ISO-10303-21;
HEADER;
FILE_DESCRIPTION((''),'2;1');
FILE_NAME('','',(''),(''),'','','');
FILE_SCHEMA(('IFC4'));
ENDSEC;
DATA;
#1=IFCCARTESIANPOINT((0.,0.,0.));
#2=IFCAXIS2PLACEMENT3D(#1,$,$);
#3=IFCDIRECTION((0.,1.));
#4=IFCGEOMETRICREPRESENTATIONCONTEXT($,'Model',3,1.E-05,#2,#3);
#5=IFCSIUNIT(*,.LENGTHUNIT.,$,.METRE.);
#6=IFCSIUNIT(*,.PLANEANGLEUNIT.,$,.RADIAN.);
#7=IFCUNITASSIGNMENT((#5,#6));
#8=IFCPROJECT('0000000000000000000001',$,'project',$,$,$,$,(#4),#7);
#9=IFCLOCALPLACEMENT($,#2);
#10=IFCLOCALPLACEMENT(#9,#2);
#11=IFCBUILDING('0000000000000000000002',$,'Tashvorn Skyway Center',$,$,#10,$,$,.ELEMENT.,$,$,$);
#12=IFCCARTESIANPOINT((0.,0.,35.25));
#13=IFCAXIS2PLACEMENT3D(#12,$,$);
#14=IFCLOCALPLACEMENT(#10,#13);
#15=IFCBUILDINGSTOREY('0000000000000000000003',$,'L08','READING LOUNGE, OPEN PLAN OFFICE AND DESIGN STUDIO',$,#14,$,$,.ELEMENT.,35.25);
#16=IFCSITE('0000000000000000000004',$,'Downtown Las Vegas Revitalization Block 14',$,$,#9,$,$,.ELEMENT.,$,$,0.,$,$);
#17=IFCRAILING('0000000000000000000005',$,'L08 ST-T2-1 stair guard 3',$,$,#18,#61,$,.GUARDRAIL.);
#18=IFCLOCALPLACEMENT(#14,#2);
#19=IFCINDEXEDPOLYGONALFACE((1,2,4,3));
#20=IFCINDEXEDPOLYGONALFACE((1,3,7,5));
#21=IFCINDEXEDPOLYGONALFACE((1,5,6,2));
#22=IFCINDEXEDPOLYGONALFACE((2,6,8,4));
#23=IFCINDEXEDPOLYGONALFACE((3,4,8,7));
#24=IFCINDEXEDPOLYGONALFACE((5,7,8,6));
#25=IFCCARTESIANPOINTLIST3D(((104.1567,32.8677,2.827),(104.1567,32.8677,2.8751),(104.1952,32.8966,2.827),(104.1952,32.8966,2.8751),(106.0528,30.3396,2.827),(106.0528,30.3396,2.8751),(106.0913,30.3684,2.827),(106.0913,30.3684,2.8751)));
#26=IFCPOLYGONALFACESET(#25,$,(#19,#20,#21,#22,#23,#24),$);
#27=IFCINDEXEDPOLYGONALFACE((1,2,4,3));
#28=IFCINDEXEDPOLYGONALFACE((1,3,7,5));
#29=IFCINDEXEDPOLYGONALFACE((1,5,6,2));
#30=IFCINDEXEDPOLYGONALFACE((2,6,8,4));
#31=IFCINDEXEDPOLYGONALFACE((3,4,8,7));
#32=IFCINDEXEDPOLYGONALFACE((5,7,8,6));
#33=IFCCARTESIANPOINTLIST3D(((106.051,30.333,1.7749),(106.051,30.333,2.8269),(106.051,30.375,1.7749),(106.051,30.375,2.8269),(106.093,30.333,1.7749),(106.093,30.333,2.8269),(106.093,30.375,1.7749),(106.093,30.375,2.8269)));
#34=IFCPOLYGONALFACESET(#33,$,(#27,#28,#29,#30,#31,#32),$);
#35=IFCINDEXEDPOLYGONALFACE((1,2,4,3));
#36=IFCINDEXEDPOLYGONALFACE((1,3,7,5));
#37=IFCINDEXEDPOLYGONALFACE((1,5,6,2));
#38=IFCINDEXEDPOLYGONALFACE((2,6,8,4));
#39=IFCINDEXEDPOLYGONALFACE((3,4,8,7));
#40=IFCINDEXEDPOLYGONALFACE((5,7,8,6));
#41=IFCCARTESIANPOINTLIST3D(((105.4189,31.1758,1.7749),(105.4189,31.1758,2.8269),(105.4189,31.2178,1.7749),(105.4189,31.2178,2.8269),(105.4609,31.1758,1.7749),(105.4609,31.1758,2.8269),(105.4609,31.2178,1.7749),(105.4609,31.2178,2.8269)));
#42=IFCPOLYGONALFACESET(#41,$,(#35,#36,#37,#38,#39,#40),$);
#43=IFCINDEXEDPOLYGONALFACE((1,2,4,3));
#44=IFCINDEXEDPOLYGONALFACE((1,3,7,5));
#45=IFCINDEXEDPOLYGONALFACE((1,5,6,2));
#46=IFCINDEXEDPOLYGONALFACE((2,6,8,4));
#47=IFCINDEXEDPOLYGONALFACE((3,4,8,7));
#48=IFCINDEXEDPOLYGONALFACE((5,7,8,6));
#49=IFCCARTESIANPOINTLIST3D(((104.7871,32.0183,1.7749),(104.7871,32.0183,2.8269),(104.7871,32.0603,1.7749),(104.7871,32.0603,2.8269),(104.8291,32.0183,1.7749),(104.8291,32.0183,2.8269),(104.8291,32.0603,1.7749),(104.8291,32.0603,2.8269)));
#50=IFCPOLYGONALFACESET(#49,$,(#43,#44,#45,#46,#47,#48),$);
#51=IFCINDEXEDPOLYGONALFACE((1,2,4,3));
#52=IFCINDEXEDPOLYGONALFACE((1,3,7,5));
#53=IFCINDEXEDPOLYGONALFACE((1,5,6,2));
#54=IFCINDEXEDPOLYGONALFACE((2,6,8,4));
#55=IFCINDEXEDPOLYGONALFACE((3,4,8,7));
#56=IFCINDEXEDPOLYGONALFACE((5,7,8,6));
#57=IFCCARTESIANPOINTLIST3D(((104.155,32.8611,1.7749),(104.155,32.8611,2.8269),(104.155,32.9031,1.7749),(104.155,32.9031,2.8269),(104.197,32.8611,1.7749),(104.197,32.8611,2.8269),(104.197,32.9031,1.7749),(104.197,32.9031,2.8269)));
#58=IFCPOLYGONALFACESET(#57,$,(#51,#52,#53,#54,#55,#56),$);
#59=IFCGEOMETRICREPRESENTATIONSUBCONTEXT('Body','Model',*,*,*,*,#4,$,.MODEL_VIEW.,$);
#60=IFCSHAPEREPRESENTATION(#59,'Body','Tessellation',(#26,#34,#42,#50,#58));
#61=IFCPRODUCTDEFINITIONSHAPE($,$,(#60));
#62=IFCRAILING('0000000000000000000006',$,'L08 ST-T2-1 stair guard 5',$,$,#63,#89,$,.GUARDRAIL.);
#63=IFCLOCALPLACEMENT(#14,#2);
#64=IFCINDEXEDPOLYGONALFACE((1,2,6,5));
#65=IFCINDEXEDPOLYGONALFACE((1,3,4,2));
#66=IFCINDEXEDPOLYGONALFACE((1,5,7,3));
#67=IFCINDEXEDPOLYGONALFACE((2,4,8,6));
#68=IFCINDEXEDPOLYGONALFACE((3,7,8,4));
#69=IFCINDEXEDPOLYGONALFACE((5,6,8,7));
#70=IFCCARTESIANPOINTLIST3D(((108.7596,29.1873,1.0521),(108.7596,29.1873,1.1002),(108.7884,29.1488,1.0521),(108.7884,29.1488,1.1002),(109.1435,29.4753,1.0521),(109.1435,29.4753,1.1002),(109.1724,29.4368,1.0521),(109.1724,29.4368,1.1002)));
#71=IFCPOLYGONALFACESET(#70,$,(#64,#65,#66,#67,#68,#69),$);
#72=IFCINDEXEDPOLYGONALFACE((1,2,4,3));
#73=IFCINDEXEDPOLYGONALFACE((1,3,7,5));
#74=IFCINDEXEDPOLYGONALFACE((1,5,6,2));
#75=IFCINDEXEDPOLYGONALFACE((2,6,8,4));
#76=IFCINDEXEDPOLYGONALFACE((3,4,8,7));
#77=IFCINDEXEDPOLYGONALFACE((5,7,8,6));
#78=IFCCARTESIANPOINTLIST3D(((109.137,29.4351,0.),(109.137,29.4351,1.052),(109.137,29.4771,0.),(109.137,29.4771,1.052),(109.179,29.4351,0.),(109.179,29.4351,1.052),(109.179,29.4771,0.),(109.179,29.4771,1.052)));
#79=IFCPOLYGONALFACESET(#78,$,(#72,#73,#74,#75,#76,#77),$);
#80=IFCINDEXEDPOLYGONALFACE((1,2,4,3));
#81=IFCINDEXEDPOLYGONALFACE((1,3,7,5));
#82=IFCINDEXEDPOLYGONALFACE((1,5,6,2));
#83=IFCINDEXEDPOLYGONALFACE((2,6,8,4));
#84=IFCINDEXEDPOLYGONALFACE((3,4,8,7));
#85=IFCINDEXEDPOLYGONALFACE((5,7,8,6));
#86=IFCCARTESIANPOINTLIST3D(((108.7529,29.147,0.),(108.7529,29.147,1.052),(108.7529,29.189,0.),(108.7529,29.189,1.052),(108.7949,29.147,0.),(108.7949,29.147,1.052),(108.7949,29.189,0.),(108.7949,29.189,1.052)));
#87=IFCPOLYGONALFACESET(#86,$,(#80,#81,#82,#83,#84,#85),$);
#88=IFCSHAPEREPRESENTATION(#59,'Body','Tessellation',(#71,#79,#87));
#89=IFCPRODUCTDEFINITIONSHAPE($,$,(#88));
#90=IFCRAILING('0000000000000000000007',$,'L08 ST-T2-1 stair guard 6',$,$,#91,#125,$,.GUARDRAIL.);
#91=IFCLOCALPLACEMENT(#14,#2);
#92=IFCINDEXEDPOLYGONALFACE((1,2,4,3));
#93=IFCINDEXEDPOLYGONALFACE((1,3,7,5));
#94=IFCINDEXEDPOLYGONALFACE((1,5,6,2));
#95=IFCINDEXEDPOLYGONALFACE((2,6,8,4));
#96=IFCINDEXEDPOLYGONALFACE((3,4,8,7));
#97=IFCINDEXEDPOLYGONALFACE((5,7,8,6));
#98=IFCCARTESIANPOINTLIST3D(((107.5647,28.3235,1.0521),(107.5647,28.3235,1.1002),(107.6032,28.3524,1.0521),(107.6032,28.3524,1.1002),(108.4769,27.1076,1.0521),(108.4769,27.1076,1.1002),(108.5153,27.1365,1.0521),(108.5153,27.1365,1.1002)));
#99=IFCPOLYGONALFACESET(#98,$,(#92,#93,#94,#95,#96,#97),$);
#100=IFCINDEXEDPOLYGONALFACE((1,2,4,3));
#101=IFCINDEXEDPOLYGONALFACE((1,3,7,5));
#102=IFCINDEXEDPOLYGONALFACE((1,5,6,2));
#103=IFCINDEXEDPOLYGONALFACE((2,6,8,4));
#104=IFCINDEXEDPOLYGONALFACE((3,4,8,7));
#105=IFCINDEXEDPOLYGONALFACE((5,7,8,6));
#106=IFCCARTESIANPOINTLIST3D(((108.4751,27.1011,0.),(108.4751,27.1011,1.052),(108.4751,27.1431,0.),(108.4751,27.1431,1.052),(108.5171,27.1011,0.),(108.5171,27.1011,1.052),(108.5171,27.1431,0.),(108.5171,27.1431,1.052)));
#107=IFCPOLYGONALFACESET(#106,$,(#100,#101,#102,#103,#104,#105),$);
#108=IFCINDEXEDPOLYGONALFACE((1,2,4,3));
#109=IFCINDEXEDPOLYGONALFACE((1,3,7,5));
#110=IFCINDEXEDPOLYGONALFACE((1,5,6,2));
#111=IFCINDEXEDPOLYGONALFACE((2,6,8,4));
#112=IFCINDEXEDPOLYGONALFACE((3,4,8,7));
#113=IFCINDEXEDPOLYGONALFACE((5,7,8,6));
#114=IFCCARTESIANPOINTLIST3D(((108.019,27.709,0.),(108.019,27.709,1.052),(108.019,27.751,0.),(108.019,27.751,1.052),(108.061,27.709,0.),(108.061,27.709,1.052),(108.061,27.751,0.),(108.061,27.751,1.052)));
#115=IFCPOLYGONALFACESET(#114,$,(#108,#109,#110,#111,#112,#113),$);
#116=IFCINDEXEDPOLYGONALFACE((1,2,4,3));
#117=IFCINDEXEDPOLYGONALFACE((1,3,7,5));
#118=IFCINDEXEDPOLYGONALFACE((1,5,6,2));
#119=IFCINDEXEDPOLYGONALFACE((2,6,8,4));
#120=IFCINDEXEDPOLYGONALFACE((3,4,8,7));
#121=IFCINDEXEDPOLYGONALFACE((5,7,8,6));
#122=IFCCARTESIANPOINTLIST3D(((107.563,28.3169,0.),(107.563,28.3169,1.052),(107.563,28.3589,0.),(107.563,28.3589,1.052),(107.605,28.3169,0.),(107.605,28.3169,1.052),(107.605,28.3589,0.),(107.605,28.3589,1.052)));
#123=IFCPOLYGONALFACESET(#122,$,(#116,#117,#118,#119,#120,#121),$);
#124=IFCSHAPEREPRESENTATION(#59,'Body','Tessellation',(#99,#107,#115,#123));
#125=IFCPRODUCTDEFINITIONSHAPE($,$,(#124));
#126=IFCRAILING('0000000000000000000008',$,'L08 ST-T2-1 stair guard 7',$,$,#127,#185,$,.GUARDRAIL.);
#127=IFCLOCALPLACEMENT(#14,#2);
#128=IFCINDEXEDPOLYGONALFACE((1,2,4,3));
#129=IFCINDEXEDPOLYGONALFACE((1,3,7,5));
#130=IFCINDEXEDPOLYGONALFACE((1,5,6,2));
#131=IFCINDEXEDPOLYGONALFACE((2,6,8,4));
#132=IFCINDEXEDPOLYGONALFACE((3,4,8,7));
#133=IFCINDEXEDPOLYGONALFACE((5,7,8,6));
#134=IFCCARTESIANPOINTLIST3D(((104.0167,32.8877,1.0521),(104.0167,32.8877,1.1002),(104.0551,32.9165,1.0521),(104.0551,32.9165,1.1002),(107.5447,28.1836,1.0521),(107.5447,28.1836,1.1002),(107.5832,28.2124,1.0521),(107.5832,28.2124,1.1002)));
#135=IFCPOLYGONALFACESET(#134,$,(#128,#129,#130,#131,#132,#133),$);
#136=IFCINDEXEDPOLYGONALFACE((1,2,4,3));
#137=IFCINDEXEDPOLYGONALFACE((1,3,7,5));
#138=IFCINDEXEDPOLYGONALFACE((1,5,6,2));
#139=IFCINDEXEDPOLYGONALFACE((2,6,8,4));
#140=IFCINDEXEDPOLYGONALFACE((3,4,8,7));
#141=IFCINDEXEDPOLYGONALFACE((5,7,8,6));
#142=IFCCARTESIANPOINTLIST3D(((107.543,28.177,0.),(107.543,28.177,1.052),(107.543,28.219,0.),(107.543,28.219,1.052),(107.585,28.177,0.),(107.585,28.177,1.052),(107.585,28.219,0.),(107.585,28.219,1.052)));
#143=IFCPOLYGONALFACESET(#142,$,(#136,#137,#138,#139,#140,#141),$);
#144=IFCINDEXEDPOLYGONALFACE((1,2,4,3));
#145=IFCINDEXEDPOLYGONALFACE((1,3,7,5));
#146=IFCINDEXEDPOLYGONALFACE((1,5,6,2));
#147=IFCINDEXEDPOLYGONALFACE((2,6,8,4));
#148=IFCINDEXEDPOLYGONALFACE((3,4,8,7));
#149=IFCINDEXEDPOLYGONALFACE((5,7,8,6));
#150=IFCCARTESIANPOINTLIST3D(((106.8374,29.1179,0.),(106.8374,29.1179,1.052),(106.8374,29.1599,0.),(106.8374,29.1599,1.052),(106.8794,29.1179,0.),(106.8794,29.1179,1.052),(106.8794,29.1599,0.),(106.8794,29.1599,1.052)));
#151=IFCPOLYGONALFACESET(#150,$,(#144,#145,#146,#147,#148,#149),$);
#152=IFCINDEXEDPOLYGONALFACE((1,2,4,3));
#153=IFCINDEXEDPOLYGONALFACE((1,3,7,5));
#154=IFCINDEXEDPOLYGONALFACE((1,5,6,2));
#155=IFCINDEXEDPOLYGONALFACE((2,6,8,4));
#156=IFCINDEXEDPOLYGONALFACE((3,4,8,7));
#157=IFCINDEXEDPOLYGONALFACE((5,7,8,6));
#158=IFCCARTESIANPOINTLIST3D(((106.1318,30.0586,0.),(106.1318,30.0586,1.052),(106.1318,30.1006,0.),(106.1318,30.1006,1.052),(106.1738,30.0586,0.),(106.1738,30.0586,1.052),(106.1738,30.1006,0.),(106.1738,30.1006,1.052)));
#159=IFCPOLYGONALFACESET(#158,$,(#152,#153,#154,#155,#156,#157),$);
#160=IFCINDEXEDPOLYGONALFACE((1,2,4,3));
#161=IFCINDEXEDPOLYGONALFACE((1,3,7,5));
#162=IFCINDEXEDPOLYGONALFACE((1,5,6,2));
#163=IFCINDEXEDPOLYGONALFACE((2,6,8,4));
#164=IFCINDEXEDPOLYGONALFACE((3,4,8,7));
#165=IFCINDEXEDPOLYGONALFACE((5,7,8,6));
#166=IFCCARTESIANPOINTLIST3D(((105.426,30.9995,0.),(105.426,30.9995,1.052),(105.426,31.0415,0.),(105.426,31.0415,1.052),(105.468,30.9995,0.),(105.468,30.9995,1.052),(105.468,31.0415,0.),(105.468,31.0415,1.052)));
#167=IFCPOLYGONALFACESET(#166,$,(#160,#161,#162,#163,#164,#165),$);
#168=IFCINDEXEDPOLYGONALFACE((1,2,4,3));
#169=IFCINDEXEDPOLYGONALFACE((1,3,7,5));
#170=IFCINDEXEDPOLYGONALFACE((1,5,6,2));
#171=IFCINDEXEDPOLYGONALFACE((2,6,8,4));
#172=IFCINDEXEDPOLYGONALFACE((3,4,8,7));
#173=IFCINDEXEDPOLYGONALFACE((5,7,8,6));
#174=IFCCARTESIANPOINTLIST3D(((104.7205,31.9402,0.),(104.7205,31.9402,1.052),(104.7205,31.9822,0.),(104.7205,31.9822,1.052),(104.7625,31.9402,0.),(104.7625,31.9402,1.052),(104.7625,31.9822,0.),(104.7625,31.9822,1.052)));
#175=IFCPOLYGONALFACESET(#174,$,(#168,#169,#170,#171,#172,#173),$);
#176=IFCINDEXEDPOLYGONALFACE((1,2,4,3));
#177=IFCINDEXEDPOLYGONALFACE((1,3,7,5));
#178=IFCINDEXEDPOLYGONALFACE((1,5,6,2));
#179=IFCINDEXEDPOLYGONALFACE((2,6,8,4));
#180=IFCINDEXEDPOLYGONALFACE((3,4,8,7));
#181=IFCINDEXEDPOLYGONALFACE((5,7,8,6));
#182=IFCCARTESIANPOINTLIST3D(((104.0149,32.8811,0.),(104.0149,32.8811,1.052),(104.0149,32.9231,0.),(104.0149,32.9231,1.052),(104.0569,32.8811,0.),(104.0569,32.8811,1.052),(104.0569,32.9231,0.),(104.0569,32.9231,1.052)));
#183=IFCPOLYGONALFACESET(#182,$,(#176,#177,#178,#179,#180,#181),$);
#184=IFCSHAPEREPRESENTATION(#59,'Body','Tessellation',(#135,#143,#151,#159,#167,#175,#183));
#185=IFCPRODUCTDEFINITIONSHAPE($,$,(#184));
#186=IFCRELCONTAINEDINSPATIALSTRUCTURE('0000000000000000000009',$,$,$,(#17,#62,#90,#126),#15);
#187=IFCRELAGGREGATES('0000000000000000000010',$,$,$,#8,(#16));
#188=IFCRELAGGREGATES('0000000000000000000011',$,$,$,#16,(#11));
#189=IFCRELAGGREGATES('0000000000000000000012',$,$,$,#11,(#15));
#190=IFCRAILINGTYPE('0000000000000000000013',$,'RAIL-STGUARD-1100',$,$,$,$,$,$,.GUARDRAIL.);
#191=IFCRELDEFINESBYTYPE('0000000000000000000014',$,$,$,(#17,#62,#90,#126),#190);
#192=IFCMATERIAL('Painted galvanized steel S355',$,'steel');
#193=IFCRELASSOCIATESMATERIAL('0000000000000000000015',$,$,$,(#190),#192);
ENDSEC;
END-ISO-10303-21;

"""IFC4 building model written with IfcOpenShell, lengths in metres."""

from ifc_helpers import new_model, si_unit, direction, frame, origin, origin_2d, place, context, subcontext, project, spatial, rectangle, extrude, material, type_object, element, save


model = new_model("IFC4")

# Units and contexts
model_context = context("Model", 3, precision=1e-05, world=origin(), true_north=direction((0.0, 1.0)))
body_context = subcontext(model_context, "Body", "Model", "MODEL_VIEW")
ifc_project = project(units=[si_unit("LENGTHUNIT", "METRE"), si_unit("PLANEANGLEUNIT", "RADIAN")], contexts=[model_context])

# Site, building, storey
site_placement = place(None, origin())
site = spatial("IfcSite", under=ifc_project, at=site_placement, Name="Downtown Las Vegas Revitalization Block 14", CompositionType="ELEMENT", RefElevation=0.0)
building_placement = place(site_placement, origin())
building = spatial("IfcBuilding", under=site, at=building_placement, Name="Tashvorn Skyway Center", CompositionType="ELEMENT")
storey_placement = place(building_placement, frame((0.0, 0.0, 35.25)))
storey = spatial("IfcBuildingStorey", under=building, at=storey_placement, Name="L08", Description="READING LOUNGE, OPEN PLAN OFFICE AND DESIGN STUDIO", CompositionType="ELEMENT", Elevation=35.25)

# Railings
ifc_material_1 = material(Name="Painted galvanized steel S355", Category="steel")
railing_type_1 = type_object("IfcRailingType", Name="RAIL-STGUARD-1100", PredefinedType="GUARDRAIL", material=ifc_material_1)
railing_1_placement = place(storey_placement, frame((106.072, 30.354, 1.7749)))
element("IfcRailing", 1, at=railing_1_placement, inside=storey, type_object=railing_type_1, Name="L08 ST-T2-1 stair guard 3", PredefinedType="GUARDRAIL", context=body_context, shape_type="SweptSolid", body=[
    extrude(rectangle(XDim=0.0481, YDim=0.0481, at=origin_2d()), frame((0.0, 0.0, 1.0762), z_axis=(-0.599988, 0.800009, 0.0), x_axis=(-0.800009, -0.599988, 0.0)), (0.0, 0.0, 1.0), 3.1602),
    extrude(rectangle(XDim=0.042, YDim=0.042, at=origin_2d()), origin(), (0.0, 0.0, 1.0), 1.052),
    extrude(rectangle(XDim=0.042, YDim=0.042, at=origin_2d()), frame((-0.6321, 0.8428, 0.0)), (0.0, 0.0, 1.0), 1.052),
    extrude(rectangle(XDim=0.042, YDim=0.042, at=origin_2d()), frame((-1.2639, 1.6853, 0.0)), (0.0, 0.0, 1.0), 1.052),
    extrude(rectangle(XDim=0.042, YDim=0.042, at=origin_2d()), frame((-1.896, 2.5281, 0.0)), (0.0, 0.0, 1.0), 1.052),
])
railing_2_placement = place(storey_placement, frame((109.158, 29.4561, 0.0)))
element("IfcRailing", 2, at=railing_2_placement, inside=storey, type_object=railing_type_1, Name="L08 ST-T2-1 stair guard 5", PredefinedType="GUARDRAIL", context=body_context, shape_type="SweptSolid", body=[
    extrude(rectangle(XDim=0.0481, YDim=0.0481, at=origin_2d()), frame((0.0, 0.0, 1.0762), z_axis=(-0.799939, -0.600081, 0.0), x_axis=(0.600081, -0.799939, 0.0)), (0.0, 0.0, 1.0), 0.48),
    extrude(rectangle(XDim=0.042, YDim=0.042, at=origin_2d()), origin(), (0.0, 0.0, 1.0), 1.052),
    extrude(rectangle(XDim=0.042, YDim=0.042, at=origin_2d()), frame((-0.384, -0.2881, 0.0)), (0.0, 0.0, 1.0), 1.052),
])
railing_3_placement = place(storey_placement, frame((108.4961, 27.1221, 0.0)))
element("IfcRailing", 3, at=railing_3_placement, inside=storey, type_object=railing_type_1, Name="L08 ST-T2-1 stair guard 6", PredefinedType="GUARDRAIL", context=body_context, shape_type="SweptSolid", body=[
    extrude(rectangle(XDim=0.0481, YDim=0.0481, at=origin_2d()), frame((0.0, 0.0, 1.0762), z_axis=(-0.600103, 0.799923, 0.0), x_axis=(-0.799923, -0.600103, 0.0)), (0.0, 0.0, 1.0), 1.52),
    extrude(rectangle(XDim=0.042, YDim=0.042, at=origin_2d()), origin(), (0.0, 0.0, 1.0), 1.052),
    extrude(rectangle(XDim=0.042, YDim=0.042, at=origin_2d()), frame((-0.4561, 0.6079, 0.0)), (0.0, 0.0, 1.0), 1.052),
    extrude(rectangle(XDim=0.042, YDim=0.042, at=origin_2d()), frame((-0.9121, 1.2158, 0.0)), (0.0, 0.0, 1.0), 1.052),
])
railing_4_placement = place(storey_placement, frame((107.564, 28.198, 0.0)))
element("IfcRailing", 4, at=railing_4_placement, inside=storey, type_object=railing_type_1, Name="L08 ST-T2-1 stair guard 7", PredefinedType="GUARDRAIL", context=body_context, shape_type="SweptSolid", body=[
    extrude(rectangle(XDim=0.0481, YDim=0.0481, at=origin_2d()), frame((0.0, 0.0, 1.0762), z_axis=(-0.6, 0.8, 0.0), x_axis=(-0.8, -0.6, 0.0)), (0.0, 0.0, 1.0), 5.8801),
    extrude(rectangle(XDim=0.042, YDim=0.042, at=origin_2d()), origin(), (0.0, 0.0, 1.0), 1.052),
    extrude(rectangle(XDim=0.042, YDim=0.042, at=origin_2d()), frame((-0.7056, 0.9409, 0.0)), (0.0, 0.0, 1.0), 1.052),
    extrude(rectangle(XDim=0.042, YDim=0.042, at=origin_2d()), frame((-1.4111, 1.8816, 0.0)), (0.0, 0.0, 1.0), 1.052),
    extrude(rectangle(XDim=0.042, YDim=0.042, at=origin_2d()), frame((-2.1169, 2.8225, 0.0)), (0.0, 0.0, 1.0), 1.052),
    extrude(rectangle(XDim=0.042, YDim=0.042, at=origin_2d()), frame((-2.8225, 3.7632, 0.0)), (0.0, 0.0, 1.0), 1.052),
    extrude(rectangle(XDim=0.042, YDim=0.042, at=origin_2d()), frame((-3.5281, 4.7041, 0.0)), (0.0, 0.0, 1.0), 1.052),
])

save(model, "model.ifc")
